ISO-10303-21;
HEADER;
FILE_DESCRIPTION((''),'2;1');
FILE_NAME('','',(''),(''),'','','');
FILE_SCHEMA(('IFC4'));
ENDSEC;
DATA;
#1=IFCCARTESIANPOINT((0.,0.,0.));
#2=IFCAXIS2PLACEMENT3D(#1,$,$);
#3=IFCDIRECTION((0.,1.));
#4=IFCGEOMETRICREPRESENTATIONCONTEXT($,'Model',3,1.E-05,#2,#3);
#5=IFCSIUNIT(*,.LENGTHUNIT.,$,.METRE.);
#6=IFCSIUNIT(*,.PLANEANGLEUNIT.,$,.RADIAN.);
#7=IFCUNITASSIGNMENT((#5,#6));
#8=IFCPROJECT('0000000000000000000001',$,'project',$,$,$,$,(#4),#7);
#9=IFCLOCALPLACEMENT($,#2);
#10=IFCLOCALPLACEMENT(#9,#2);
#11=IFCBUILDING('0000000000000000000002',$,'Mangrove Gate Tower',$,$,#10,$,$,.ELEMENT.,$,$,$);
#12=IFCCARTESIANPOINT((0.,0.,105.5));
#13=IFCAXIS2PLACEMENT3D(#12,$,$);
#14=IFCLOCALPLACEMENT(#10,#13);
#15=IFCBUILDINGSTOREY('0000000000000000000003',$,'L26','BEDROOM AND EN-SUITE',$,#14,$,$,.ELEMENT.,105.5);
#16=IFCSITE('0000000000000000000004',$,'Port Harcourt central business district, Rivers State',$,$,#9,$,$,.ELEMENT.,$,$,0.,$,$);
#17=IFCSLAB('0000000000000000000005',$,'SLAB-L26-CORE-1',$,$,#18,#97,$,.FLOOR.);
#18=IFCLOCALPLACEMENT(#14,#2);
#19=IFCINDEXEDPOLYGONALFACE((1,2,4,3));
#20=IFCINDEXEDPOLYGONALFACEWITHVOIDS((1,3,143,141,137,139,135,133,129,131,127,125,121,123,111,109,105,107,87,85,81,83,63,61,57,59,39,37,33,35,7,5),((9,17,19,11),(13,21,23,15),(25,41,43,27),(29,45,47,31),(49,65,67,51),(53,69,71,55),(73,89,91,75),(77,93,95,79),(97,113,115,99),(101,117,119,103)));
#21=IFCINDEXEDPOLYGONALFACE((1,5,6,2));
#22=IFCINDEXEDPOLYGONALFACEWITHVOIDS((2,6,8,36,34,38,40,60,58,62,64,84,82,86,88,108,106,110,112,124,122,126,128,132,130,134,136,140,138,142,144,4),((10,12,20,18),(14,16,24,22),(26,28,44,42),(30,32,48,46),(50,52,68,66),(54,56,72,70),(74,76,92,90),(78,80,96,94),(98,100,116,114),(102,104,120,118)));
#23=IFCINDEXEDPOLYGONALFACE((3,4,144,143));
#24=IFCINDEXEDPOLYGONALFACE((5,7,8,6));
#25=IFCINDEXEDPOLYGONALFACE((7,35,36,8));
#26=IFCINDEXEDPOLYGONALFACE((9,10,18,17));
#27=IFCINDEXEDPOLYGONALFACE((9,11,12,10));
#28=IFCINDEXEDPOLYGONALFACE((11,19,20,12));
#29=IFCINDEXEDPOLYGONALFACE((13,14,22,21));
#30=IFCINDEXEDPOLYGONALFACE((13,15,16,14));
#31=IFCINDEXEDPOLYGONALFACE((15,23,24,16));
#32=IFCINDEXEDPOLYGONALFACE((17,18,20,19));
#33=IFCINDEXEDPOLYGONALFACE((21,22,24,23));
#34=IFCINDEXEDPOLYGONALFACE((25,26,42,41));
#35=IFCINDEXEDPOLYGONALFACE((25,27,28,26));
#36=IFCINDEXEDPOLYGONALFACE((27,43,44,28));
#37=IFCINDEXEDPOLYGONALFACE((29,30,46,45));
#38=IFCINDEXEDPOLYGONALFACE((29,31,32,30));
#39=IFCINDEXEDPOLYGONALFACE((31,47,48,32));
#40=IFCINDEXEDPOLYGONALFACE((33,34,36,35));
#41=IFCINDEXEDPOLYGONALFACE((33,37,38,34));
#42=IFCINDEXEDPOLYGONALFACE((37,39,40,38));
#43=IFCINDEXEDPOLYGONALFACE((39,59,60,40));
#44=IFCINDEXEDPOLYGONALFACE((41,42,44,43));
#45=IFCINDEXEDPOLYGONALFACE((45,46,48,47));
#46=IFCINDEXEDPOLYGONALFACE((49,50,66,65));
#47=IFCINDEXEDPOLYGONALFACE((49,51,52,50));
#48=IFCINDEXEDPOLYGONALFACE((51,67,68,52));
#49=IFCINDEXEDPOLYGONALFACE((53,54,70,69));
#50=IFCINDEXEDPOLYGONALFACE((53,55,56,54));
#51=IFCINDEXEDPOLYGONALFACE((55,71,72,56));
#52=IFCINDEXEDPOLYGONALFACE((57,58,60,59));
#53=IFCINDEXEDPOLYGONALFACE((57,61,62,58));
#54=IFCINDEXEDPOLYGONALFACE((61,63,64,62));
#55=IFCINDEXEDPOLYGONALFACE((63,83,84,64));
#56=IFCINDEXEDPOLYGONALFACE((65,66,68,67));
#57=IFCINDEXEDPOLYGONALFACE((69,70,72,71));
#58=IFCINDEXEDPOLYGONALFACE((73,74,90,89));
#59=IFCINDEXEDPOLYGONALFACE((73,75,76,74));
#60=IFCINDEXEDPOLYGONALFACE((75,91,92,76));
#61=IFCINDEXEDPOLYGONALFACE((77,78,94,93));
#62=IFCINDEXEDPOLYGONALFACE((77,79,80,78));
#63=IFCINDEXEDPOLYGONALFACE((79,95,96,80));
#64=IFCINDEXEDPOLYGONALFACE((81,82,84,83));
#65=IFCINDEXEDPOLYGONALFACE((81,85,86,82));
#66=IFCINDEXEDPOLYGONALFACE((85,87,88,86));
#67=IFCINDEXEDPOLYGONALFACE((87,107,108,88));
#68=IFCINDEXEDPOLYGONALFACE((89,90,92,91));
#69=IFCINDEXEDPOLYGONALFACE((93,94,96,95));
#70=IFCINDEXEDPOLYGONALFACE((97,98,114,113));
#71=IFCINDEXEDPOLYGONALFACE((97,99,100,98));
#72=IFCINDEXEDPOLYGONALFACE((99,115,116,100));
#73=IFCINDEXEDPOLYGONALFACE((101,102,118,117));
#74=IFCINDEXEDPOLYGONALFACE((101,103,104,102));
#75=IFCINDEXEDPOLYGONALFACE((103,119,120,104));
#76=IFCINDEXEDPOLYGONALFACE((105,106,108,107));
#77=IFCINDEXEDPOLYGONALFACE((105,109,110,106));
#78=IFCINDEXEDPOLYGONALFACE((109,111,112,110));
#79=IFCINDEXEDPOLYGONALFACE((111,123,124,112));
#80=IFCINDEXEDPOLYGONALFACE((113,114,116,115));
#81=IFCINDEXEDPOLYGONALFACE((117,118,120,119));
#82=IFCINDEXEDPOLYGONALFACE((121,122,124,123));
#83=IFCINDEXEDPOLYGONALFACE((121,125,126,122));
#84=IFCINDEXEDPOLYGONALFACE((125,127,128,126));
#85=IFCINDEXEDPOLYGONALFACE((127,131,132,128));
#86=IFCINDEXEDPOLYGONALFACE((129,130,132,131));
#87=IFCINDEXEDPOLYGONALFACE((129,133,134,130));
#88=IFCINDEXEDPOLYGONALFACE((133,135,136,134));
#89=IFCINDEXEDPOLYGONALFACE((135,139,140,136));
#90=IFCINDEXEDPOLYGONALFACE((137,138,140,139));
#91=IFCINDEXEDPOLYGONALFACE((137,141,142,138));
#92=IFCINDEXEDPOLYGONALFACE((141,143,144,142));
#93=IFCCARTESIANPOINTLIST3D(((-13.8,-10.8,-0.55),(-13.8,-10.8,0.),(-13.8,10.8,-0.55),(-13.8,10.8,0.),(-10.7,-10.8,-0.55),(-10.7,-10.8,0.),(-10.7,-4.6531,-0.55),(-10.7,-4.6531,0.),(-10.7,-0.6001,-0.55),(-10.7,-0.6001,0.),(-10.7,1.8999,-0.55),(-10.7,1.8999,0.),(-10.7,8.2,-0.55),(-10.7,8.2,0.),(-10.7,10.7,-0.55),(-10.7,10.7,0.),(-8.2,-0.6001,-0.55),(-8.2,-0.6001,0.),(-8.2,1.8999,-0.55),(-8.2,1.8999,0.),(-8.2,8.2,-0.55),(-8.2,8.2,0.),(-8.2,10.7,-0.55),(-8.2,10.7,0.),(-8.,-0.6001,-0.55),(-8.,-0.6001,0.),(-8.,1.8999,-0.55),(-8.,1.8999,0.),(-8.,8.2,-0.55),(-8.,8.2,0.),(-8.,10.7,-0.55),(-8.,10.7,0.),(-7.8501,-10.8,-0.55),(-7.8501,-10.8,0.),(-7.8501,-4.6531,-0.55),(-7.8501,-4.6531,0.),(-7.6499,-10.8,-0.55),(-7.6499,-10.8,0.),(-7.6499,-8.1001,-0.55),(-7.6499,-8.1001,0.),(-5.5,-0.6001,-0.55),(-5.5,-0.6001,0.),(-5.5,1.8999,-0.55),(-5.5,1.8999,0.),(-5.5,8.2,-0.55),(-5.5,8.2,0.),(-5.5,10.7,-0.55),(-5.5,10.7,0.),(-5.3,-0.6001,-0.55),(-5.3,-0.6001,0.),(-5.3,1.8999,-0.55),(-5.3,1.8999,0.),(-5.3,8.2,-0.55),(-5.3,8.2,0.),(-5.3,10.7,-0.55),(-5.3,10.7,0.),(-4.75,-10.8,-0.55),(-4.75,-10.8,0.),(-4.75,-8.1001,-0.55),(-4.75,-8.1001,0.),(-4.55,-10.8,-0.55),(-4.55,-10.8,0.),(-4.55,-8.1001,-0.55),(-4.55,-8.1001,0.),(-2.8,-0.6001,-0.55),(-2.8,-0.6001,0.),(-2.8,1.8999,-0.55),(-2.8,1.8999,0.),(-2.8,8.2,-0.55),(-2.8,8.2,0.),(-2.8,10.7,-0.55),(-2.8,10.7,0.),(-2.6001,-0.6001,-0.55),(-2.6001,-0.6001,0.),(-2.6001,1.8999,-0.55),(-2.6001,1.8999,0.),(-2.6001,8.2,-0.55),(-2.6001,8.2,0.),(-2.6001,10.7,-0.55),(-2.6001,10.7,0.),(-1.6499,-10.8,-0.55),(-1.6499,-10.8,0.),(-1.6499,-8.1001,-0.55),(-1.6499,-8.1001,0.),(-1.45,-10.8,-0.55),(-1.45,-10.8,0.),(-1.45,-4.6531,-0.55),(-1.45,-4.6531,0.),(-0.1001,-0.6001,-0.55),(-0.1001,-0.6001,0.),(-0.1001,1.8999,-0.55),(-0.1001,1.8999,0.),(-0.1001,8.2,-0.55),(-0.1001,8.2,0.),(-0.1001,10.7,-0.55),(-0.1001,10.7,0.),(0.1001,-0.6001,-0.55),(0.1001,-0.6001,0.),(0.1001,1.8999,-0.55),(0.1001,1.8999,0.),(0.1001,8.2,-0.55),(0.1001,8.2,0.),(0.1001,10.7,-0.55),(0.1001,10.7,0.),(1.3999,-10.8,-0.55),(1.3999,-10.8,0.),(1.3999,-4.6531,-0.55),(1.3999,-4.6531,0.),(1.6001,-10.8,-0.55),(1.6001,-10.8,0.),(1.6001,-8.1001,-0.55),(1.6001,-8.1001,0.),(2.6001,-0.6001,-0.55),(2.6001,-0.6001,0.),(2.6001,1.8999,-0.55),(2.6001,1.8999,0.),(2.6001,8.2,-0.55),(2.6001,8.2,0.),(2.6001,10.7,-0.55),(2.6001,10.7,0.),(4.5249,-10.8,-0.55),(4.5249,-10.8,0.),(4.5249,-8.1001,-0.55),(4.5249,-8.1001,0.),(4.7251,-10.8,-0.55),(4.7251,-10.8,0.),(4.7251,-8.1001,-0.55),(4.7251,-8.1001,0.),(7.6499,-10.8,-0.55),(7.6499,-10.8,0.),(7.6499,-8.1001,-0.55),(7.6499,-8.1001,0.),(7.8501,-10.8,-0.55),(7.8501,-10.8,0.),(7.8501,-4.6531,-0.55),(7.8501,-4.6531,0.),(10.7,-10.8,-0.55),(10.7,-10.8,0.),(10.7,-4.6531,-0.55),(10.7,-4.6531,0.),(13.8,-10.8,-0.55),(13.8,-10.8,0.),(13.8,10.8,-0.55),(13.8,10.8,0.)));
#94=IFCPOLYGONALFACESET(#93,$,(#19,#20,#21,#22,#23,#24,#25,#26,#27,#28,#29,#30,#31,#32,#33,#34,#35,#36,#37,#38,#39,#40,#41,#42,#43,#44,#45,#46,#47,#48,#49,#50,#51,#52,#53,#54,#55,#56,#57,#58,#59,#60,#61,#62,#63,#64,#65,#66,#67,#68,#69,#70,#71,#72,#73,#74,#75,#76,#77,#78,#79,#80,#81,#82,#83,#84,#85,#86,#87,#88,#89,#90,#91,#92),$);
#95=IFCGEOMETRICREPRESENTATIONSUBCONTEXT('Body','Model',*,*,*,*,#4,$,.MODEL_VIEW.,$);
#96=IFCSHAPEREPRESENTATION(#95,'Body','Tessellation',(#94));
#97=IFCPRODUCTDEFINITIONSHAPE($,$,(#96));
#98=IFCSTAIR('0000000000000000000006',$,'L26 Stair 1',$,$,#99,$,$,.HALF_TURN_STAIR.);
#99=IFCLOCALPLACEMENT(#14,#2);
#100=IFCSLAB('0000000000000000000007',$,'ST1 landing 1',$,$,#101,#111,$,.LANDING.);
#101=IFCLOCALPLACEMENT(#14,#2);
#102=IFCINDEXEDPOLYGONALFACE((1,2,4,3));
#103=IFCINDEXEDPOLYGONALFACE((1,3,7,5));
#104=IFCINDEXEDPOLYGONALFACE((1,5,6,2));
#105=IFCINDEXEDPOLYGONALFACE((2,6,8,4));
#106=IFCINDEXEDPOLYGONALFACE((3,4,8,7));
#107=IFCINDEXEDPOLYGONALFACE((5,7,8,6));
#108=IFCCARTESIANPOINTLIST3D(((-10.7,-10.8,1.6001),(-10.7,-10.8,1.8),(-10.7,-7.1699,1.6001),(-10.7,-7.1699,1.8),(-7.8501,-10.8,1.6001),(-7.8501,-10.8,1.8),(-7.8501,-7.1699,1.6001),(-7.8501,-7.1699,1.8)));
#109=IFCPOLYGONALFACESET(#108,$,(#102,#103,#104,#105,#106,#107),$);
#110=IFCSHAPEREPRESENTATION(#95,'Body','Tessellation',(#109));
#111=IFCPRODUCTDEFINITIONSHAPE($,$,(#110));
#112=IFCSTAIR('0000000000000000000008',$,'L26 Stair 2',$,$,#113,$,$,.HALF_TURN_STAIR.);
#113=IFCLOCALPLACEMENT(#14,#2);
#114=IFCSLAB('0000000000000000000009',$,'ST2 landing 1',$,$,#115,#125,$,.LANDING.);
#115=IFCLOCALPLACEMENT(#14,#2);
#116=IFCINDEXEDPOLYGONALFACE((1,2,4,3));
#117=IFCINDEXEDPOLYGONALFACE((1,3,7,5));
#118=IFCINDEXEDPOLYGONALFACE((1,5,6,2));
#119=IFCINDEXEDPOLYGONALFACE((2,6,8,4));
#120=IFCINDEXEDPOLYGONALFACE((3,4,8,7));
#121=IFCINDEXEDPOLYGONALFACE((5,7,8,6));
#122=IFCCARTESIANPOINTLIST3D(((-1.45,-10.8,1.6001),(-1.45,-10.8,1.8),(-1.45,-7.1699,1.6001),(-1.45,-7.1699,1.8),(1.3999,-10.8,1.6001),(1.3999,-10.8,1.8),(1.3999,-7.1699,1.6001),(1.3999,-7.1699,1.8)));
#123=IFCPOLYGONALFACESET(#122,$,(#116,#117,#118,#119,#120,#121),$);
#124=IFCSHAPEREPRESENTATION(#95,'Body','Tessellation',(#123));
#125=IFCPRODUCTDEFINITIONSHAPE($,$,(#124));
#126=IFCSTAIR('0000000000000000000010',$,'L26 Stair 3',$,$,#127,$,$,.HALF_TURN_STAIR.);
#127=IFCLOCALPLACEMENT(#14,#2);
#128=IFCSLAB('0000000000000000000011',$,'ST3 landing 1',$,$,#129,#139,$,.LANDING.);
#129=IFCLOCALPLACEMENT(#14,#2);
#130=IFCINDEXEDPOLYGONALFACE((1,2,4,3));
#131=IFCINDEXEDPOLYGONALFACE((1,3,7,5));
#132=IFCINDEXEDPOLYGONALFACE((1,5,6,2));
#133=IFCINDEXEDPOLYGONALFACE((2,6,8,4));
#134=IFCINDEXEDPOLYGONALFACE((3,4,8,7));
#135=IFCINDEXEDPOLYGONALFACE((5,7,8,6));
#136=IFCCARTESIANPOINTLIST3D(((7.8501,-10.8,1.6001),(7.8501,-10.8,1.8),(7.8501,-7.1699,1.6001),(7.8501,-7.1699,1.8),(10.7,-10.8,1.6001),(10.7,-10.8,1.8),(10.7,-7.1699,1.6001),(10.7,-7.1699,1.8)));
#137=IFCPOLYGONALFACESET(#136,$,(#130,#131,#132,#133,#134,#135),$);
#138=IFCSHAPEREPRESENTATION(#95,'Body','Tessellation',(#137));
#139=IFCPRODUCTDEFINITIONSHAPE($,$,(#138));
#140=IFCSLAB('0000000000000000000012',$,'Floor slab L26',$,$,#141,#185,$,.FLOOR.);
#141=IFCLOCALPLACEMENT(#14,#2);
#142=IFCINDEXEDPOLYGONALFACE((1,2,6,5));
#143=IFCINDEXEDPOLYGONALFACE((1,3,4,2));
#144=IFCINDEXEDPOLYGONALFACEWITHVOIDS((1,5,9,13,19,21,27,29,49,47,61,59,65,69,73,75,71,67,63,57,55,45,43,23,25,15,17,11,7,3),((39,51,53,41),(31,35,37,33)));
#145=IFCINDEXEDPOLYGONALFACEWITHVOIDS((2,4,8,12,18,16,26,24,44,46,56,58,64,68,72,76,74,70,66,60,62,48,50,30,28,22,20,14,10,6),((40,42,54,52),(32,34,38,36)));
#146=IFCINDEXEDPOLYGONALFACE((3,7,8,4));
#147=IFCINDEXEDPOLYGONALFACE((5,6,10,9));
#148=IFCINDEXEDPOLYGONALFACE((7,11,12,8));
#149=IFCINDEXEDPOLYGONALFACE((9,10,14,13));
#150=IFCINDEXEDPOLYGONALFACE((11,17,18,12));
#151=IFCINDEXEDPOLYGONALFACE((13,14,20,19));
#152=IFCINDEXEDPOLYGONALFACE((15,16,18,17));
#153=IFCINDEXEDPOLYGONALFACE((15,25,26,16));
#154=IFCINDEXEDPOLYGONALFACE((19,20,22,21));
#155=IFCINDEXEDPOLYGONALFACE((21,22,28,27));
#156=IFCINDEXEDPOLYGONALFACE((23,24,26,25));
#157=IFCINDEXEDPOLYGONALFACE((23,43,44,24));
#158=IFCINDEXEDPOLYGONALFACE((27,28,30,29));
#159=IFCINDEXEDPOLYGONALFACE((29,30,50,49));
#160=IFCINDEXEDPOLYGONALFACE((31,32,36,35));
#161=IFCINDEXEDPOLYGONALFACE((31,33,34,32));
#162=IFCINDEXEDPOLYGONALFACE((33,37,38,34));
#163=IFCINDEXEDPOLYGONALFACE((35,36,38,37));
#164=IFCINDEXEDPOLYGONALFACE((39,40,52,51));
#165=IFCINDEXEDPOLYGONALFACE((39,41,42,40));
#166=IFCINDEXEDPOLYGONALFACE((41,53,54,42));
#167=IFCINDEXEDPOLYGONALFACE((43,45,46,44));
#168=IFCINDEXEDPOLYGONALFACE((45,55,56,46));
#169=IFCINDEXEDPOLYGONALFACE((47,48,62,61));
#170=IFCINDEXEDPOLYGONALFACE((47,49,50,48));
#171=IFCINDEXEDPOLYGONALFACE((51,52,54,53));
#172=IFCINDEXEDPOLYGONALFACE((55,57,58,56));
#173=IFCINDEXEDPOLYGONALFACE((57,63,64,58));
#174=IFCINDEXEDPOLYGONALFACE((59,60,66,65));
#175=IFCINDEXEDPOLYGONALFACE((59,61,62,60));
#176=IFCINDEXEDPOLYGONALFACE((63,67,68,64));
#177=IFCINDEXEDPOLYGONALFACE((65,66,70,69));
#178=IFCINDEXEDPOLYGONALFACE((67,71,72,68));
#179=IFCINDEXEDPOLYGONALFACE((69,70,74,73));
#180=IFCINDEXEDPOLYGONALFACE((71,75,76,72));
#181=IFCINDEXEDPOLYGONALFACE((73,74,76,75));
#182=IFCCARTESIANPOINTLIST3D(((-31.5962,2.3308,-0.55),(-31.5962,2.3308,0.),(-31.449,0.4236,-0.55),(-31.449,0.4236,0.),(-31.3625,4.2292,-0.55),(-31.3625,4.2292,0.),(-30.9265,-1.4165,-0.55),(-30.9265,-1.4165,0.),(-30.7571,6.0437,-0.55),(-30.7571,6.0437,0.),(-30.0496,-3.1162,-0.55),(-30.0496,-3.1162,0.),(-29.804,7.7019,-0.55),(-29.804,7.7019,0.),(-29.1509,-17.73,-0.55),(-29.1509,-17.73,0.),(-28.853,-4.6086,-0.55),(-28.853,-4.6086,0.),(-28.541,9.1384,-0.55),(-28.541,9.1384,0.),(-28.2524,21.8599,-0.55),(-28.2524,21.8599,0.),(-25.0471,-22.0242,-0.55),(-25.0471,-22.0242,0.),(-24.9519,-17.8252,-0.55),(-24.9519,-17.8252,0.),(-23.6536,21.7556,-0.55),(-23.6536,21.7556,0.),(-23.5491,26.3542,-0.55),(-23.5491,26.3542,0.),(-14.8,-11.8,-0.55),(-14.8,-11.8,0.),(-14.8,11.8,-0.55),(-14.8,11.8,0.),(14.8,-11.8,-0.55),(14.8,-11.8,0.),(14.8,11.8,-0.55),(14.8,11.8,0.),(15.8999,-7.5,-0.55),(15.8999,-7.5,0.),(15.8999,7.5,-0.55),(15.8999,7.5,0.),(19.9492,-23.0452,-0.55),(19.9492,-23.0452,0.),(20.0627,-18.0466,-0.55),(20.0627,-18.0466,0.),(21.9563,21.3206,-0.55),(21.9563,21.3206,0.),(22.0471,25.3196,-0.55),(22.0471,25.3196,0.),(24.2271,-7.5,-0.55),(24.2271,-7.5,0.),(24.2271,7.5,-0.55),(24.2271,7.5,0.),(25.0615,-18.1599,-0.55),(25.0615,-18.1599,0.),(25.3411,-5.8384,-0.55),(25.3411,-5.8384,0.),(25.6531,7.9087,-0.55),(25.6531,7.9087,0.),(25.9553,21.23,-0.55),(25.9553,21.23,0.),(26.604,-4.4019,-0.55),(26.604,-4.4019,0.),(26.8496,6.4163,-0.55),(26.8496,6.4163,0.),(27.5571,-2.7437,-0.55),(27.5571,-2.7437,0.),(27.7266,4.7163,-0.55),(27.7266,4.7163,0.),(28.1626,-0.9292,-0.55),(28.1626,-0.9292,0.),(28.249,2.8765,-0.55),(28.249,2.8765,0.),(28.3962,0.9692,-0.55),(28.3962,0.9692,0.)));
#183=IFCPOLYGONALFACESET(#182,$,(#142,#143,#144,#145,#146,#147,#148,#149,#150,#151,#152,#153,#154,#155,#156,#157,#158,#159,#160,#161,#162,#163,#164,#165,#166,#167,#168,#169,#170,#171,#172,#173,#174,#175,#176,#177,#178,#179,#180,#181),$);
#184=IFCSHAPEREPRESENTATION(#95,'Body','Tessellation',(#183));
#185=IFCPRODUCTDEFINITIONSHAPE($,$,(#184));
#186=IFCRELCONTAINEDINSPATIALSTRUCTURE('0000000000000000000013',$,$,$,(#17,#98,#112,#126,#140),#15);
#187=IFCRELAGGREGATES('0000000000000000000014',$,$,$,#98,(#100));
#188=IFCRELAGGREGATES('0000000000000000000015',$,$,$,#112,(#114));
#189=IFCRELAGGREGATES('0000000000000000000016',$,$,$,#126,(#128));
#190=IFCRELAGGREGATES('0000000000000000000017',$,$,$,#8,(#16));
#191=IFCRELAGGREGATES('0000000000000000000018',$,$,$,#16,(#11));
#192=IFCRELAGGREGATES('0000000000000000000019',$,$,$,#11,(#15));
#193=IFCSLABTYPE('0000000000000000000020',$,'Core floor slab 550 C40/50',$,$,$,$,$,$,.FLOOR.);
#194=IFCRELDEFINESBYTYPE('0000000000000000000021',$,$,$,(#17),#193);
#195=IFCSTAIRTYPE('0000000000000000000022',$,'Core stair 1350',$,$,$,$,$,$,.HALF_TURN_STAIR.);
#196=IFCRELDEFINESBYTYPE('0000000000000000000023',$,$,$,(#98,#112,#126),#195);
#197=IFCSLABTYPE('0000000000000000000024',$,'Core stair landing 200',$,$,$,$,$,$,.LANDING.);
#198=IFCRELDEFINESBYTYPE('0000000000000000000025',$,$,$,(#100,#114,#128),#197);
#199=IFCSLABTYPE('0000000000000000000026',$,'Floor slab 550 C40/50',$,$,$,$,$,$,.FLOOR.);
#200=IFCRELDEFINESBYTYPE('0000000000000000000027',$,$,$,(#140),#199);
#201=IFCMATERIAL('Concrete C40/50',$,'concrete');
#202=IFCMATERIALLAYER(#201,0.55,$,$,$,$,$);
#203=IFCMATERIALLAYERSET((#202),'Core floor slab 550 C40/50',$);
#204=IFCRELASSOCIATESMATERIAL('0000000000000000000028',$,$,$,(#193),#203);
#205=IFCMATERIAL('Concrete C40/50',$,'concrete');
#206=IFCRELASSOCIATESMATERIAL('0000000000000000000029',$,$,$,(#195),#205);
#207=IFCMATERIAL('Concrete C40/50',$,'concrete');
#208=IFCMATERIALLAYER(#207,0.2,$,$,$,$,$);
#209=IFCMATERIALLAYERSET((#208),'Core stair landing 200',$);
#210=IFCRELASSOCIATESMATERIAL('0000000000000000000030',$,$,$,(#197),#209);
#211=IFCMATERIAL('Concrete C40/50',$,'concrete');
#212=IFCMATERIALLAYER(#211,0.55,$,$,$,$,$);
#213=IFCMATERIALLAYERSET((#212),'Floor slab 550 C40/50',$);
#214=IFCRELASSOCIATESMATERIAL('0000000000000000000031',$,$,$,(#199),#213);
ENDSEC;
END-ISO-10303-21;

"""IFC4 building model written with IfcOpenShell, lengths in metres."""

from ifc_helpers import new_model, si_unit, direction, frame, origin, place, context, subcontext, project, spatial, polyline, outline, extrude, material, layer, layer_set, type_object, element, aggregate, save


model = new_model("IFC4")

# Units and contexts
model_context = context("Model", 3, precision=1e-05, world=origin(), true_north=direction((0.0, 1.0)))
body_context = subcontext(model_context, "Body", "Model", "MODEL_VIEW")
ifc_project = project(units=[si_unit("LENGTHUNIT", "METRE"), si_unit("PLANEANGLEUNIT", "RADIAN")], contexts=[model_context])

# Site, building, storey
site_placement = place(None, origin())
site = spatial("IfcSite", under=ifc_project, at=site_placement, Name="Port Harcourt central business district, Rivers State", CompositionType="ELEMENT", RefElevation=0.0)
building_placement = place(site_placement, origin())
building = spatial("IfcBuilding", under=site, at=building_placement, Name="Mangrove Gate Tower", CompositionType="ELEMENT")
storey_placement = place(building_placement, frame((0.0, 0.0, 105.5)))
storey = spatial("IfcBuildingStorey", under=building, at=storey_placement, Name="L26", Description="BEDROOM AND EN-SUITE", CompositionType="ELEMENT", Elevation=105.5)

# Slab
ifc_material_1 = material(Name="Concrete C40/50", Category="concrete")
ifc_layer_1 = layer(ifc_material_1, 0.55)
ifc_layer_set_1 = layer_set([ifc_layer_1], Name="Core floor slab 550 C40/50")
slab_type_1 = type_object("IfcSlabType", Name="Core floor slab 550 C40/50", PredefinedType="FLOOR", material=ifc_layer_set_1)
slab_1_placement = place(storey_placement, frame((0.0, 0.0, -0.55)))
element("IfcSlab", 1, at=slab_1_placement, inside=storey, type_object=slab_type_1, Name="SLAB-L26-CORE-1", PredefinedType="FLOOR", context=body_context, shape_type="SweptSolid", body=[
    extrude(outline(polyline([(-13.8, -10.8), (-13.8, 10.8), (13.8, 10.8), (13.8, -10.8), (10.7, -10.8), (10.7, -4.6531), (7.8501, -4.6531), (7.8501, -10.8), (7.6499, -10.8), (7.6499, -8.1001), (4.7251, -8.1001), (4.7251, -10.8), (4.5249, -10.8), (4.5249, -8.1001), (1.6001, -8.1001), (1.6001, -10.8), (1.3999, -10.8), (1.3999, -4.6531), (-1.45, -4.6531), (-1.45, -10.8), (-1.6499, -10.8), (-1.6499, -8.1001), (-4.55, -8.1001), (-4.55, -10.8), (-4.75, -10.8), (-4.75, -8.1001), (-7.6499, -8.1001), (-7.6499, -10.8), (-7.8501, -10.8), (-7.8501, -4.6531), (-10.7, -4.6531), (-10.7, -10.8), (-13.8, -10.8)]), holes=[polyline([(-8.2, -0.6001), (-8.2, 1.8999), (-10.7, 1.8999), (-10.7, -0.6001), (-8.2, -0.6001)]), polyline([(-5.5, -0.6001), (-5.5, 1.8999), (-8.0, 1.8999), (-8.0, -0.6001), (-5.5, -0.6001)]), polyline([(-2.8, -0.6001), (-2.8, 1.8999), (-5.3, 1.8999), (-5.3, -0.6001), (-2.8, -0.6001)]), polyline([(-8.2, 8.2), (-8.2, 10.7), (-10.7, 10.7), (-10.7, 8.2), (-8.2, 8.2)]), polyline([(-5.5, 8.2), (-5.5, 10.7), (-8.0, 10.7), (-8.0, 8.2), (-5.5, 8.2)]), polyline([(-2.8, 8.2), (-2.8, 10.7), (-5.3, 10.7), (-5.3, 8.2), (-2.8, 8.2)]), polyline([(-0.1001, -0.6001), (-0.1001, 1.8999), (-2.6001, 1.8999), (-2.6001, -0.6001), (-0.1001, -0.6001)]), polyline([(2.6001, -0.6001), (2.6001, 1.8999), (0.1001, 1.8999), (0.1001, -0.6001), (2.6001, -0.6001)]), polyline([(-2.6001, 8.2), (-0.1001, 8.2), (-0.1001, 10.7), (-2.6001, 10.7), (-2.6001, 8.2)]), polyline([(0.1001, 8.2), (2.6001, 8.2), (2.6001, 10.7), (0.1001, 10.7), (0.1001, 8.2)])]), origin(), (0.0, 0.0, 1.0), 0.55),
])

# Stairs, slabs
ifc_material_2 = material(Name="Concrete C40/50", Category="concrete")
stair_type = type_object("IfcStairType", Name="Core stair 1350", PredefinedType="HALF_TURN_STAIR", material=ifc_material_2)
stair_1_placement = place(storey_placement, origin())
stair_1 = element("IfcStair", 2, at=stair_1_placement, inside=storey, type_object=stair_type, Name="L26 Stair 1", PredefinedType="HALF_TURN_STAIR")
ifc_material_3 = material(Name="Concrete C40/50", Category="concrete")
ifc_layer_2 = layer(ifc_material_3, 0.2)
ifc_layer_set_2 = layer_set([ifc_layer_2], Name="Core stair landing 200")
slab_type_2 = type_object("IfcSlabType", Name="Core stair landing 200", PredefinedType="LANDING", material=ifc_layer_set_2)
slab_2_placement = place(storey_placement, frame((0.0, 0.0, 1.6001)))
slab_2 = element("IfcSlab", 3, at=slab_2_placement, type_object=slab_type_2, Name="ST1 landing 1", PredefinedType="LANDING", context=body_context, shape_type="SweptSolid", body=[
    extrude(outline(polyline([(-10.7, -7.1699), (-10.7, -10.8), (-7.8501, -10.8), (-7.8501, -7.1699), (-10.7, -7.1699)])), origin(), (0.0, 0.0, 1.0), 0.2),
])
aggregate(stair_1, [slab_2])
stair_2_placement = place(storey_placement, origin())
stair_2 = element("IfcStair", 4, at=stair_2_placement, inside=storey, type_object=stair_type, Name="L26 Stair 2", PredefinedType="HALF_TURN_STAIR")
slab_3_placement = place(storey_placement, frame((0.0, 0.0, 1.6001)))
slab_3 = element("IfcSlab", 5, at=slab_3_placement, type_object=slab_type_2, Name="ST2 landing 1", PredefinedType="LANDING", context=body_context, shape_type="SweptSolid", body=[
    extrude(outline(polyline([(-1.45, -7.1699), (-1.45, -10.8), (1.3999, -10.8), (1.3999, -7.1699), (-1.45, -7.1699)])), origin(), (0.0, 0.0, 1.0), 0.2),
])
aggregate(stair_2, [slab_3])
stair_3_placement = place(storey_placement, origin())
stair_3 = element("IfcStair", 6, at=stair_3_placement, inside=storey, type_object=stair_type, Name="L26 Stair 3", PredefinedType="HALF_TURN_STAIR")
slab_4_placement = place(storey_placement, frame((0.0, 0.0, 1.6001)))
slab_4 = element("IfcSlab", 7, at=slab_4_placement, type_object=slab_type_2, Name="ST3 landing 1", PredefinedType="LANDING", context=body_context, shape_type="SweptSolid", body=[
    extrude(outline(polyline([(7.8501, -7.1699), (7.8501, -10.8), (10.7, -10.8), (10.7, -7.1699), (7.8501, -7.1699)])), origin(), (0.0, 0.0, 1.0), 0.2),
])
aggregate(stair_3, [slab_4])

# Slab
ifc_material_4 = material(Name="Concrete C40/50", Category="concrete")
ifc_layer_3 = layer(ifc_material_4, 0.55)
ifc_layer_set_3 = layer_set([ifc_layer_3], Name="Floor slab 550 C40/50")
slab_type_3 = type_object("IfcSlabType", Name="Floor slab 550 C40/50", PredefinedType="FLOOR", material=ifc_layer_set_3)
slab_5_placement = place(storey_placement, frame((0.0, 0.0, -0.55)))
element("IfcSlab", 8, at=slab_5_placement, inside=storey, type_object=slab_type_3, Name="Floor slab L26", PredefinedType="FLOOR", context=body_context, shape_type="SweptSolid", body=[
    extrude(outline(polyline([(-25.0471, -22.0242), (19.9492, -23.0452), (20.0627, -18.0466), (25.0615, -18.1599), (25.3411, -5.8384), (26.604, -4.4019), (27.5571, -2.7437), (28.1626, -0.9292), (28.3962, 0.9692), (28.249, 2.8765), (27.7266, 4.7163), (26.8496, 6.4163), (25.6531, 7.9087), (25.9553, 21.23), (21.9563, 21.3206), (22.0471, 25.3196), (-23.5491, 26.3542), (-23.6536, 21.7556), (-28.2524, 21.8599), (-28.541, 9.1384), (-29.804, 7.7019), (-30.7571, 6.0437), (-31.3625, 4.2292), (-31.5962, 2.3308), (-31.449, 0.4236), (-30.9265, -1.4165), (-30.0496, -3.1162), (-28.853, -4.6086), (-29.1509, -17.73), (-24.9519, -17.8252), (-25.0471, -22.0242)]), holes=[polyline([(15.8999, 7.5), (24.2271, 7.5), (24.2271, -7.5), (15.8999, -7.5), (15.8999, 7.5)]), polyline([(-14.8, -11.8), (-14.8, 11.8), (14.8, 11.8), (14.8, -11.8), (-14.8, -11.8)])]), origin(), (0.0, 0.0, 1.0), 0.55),
])

save(model, "model.ifc")
